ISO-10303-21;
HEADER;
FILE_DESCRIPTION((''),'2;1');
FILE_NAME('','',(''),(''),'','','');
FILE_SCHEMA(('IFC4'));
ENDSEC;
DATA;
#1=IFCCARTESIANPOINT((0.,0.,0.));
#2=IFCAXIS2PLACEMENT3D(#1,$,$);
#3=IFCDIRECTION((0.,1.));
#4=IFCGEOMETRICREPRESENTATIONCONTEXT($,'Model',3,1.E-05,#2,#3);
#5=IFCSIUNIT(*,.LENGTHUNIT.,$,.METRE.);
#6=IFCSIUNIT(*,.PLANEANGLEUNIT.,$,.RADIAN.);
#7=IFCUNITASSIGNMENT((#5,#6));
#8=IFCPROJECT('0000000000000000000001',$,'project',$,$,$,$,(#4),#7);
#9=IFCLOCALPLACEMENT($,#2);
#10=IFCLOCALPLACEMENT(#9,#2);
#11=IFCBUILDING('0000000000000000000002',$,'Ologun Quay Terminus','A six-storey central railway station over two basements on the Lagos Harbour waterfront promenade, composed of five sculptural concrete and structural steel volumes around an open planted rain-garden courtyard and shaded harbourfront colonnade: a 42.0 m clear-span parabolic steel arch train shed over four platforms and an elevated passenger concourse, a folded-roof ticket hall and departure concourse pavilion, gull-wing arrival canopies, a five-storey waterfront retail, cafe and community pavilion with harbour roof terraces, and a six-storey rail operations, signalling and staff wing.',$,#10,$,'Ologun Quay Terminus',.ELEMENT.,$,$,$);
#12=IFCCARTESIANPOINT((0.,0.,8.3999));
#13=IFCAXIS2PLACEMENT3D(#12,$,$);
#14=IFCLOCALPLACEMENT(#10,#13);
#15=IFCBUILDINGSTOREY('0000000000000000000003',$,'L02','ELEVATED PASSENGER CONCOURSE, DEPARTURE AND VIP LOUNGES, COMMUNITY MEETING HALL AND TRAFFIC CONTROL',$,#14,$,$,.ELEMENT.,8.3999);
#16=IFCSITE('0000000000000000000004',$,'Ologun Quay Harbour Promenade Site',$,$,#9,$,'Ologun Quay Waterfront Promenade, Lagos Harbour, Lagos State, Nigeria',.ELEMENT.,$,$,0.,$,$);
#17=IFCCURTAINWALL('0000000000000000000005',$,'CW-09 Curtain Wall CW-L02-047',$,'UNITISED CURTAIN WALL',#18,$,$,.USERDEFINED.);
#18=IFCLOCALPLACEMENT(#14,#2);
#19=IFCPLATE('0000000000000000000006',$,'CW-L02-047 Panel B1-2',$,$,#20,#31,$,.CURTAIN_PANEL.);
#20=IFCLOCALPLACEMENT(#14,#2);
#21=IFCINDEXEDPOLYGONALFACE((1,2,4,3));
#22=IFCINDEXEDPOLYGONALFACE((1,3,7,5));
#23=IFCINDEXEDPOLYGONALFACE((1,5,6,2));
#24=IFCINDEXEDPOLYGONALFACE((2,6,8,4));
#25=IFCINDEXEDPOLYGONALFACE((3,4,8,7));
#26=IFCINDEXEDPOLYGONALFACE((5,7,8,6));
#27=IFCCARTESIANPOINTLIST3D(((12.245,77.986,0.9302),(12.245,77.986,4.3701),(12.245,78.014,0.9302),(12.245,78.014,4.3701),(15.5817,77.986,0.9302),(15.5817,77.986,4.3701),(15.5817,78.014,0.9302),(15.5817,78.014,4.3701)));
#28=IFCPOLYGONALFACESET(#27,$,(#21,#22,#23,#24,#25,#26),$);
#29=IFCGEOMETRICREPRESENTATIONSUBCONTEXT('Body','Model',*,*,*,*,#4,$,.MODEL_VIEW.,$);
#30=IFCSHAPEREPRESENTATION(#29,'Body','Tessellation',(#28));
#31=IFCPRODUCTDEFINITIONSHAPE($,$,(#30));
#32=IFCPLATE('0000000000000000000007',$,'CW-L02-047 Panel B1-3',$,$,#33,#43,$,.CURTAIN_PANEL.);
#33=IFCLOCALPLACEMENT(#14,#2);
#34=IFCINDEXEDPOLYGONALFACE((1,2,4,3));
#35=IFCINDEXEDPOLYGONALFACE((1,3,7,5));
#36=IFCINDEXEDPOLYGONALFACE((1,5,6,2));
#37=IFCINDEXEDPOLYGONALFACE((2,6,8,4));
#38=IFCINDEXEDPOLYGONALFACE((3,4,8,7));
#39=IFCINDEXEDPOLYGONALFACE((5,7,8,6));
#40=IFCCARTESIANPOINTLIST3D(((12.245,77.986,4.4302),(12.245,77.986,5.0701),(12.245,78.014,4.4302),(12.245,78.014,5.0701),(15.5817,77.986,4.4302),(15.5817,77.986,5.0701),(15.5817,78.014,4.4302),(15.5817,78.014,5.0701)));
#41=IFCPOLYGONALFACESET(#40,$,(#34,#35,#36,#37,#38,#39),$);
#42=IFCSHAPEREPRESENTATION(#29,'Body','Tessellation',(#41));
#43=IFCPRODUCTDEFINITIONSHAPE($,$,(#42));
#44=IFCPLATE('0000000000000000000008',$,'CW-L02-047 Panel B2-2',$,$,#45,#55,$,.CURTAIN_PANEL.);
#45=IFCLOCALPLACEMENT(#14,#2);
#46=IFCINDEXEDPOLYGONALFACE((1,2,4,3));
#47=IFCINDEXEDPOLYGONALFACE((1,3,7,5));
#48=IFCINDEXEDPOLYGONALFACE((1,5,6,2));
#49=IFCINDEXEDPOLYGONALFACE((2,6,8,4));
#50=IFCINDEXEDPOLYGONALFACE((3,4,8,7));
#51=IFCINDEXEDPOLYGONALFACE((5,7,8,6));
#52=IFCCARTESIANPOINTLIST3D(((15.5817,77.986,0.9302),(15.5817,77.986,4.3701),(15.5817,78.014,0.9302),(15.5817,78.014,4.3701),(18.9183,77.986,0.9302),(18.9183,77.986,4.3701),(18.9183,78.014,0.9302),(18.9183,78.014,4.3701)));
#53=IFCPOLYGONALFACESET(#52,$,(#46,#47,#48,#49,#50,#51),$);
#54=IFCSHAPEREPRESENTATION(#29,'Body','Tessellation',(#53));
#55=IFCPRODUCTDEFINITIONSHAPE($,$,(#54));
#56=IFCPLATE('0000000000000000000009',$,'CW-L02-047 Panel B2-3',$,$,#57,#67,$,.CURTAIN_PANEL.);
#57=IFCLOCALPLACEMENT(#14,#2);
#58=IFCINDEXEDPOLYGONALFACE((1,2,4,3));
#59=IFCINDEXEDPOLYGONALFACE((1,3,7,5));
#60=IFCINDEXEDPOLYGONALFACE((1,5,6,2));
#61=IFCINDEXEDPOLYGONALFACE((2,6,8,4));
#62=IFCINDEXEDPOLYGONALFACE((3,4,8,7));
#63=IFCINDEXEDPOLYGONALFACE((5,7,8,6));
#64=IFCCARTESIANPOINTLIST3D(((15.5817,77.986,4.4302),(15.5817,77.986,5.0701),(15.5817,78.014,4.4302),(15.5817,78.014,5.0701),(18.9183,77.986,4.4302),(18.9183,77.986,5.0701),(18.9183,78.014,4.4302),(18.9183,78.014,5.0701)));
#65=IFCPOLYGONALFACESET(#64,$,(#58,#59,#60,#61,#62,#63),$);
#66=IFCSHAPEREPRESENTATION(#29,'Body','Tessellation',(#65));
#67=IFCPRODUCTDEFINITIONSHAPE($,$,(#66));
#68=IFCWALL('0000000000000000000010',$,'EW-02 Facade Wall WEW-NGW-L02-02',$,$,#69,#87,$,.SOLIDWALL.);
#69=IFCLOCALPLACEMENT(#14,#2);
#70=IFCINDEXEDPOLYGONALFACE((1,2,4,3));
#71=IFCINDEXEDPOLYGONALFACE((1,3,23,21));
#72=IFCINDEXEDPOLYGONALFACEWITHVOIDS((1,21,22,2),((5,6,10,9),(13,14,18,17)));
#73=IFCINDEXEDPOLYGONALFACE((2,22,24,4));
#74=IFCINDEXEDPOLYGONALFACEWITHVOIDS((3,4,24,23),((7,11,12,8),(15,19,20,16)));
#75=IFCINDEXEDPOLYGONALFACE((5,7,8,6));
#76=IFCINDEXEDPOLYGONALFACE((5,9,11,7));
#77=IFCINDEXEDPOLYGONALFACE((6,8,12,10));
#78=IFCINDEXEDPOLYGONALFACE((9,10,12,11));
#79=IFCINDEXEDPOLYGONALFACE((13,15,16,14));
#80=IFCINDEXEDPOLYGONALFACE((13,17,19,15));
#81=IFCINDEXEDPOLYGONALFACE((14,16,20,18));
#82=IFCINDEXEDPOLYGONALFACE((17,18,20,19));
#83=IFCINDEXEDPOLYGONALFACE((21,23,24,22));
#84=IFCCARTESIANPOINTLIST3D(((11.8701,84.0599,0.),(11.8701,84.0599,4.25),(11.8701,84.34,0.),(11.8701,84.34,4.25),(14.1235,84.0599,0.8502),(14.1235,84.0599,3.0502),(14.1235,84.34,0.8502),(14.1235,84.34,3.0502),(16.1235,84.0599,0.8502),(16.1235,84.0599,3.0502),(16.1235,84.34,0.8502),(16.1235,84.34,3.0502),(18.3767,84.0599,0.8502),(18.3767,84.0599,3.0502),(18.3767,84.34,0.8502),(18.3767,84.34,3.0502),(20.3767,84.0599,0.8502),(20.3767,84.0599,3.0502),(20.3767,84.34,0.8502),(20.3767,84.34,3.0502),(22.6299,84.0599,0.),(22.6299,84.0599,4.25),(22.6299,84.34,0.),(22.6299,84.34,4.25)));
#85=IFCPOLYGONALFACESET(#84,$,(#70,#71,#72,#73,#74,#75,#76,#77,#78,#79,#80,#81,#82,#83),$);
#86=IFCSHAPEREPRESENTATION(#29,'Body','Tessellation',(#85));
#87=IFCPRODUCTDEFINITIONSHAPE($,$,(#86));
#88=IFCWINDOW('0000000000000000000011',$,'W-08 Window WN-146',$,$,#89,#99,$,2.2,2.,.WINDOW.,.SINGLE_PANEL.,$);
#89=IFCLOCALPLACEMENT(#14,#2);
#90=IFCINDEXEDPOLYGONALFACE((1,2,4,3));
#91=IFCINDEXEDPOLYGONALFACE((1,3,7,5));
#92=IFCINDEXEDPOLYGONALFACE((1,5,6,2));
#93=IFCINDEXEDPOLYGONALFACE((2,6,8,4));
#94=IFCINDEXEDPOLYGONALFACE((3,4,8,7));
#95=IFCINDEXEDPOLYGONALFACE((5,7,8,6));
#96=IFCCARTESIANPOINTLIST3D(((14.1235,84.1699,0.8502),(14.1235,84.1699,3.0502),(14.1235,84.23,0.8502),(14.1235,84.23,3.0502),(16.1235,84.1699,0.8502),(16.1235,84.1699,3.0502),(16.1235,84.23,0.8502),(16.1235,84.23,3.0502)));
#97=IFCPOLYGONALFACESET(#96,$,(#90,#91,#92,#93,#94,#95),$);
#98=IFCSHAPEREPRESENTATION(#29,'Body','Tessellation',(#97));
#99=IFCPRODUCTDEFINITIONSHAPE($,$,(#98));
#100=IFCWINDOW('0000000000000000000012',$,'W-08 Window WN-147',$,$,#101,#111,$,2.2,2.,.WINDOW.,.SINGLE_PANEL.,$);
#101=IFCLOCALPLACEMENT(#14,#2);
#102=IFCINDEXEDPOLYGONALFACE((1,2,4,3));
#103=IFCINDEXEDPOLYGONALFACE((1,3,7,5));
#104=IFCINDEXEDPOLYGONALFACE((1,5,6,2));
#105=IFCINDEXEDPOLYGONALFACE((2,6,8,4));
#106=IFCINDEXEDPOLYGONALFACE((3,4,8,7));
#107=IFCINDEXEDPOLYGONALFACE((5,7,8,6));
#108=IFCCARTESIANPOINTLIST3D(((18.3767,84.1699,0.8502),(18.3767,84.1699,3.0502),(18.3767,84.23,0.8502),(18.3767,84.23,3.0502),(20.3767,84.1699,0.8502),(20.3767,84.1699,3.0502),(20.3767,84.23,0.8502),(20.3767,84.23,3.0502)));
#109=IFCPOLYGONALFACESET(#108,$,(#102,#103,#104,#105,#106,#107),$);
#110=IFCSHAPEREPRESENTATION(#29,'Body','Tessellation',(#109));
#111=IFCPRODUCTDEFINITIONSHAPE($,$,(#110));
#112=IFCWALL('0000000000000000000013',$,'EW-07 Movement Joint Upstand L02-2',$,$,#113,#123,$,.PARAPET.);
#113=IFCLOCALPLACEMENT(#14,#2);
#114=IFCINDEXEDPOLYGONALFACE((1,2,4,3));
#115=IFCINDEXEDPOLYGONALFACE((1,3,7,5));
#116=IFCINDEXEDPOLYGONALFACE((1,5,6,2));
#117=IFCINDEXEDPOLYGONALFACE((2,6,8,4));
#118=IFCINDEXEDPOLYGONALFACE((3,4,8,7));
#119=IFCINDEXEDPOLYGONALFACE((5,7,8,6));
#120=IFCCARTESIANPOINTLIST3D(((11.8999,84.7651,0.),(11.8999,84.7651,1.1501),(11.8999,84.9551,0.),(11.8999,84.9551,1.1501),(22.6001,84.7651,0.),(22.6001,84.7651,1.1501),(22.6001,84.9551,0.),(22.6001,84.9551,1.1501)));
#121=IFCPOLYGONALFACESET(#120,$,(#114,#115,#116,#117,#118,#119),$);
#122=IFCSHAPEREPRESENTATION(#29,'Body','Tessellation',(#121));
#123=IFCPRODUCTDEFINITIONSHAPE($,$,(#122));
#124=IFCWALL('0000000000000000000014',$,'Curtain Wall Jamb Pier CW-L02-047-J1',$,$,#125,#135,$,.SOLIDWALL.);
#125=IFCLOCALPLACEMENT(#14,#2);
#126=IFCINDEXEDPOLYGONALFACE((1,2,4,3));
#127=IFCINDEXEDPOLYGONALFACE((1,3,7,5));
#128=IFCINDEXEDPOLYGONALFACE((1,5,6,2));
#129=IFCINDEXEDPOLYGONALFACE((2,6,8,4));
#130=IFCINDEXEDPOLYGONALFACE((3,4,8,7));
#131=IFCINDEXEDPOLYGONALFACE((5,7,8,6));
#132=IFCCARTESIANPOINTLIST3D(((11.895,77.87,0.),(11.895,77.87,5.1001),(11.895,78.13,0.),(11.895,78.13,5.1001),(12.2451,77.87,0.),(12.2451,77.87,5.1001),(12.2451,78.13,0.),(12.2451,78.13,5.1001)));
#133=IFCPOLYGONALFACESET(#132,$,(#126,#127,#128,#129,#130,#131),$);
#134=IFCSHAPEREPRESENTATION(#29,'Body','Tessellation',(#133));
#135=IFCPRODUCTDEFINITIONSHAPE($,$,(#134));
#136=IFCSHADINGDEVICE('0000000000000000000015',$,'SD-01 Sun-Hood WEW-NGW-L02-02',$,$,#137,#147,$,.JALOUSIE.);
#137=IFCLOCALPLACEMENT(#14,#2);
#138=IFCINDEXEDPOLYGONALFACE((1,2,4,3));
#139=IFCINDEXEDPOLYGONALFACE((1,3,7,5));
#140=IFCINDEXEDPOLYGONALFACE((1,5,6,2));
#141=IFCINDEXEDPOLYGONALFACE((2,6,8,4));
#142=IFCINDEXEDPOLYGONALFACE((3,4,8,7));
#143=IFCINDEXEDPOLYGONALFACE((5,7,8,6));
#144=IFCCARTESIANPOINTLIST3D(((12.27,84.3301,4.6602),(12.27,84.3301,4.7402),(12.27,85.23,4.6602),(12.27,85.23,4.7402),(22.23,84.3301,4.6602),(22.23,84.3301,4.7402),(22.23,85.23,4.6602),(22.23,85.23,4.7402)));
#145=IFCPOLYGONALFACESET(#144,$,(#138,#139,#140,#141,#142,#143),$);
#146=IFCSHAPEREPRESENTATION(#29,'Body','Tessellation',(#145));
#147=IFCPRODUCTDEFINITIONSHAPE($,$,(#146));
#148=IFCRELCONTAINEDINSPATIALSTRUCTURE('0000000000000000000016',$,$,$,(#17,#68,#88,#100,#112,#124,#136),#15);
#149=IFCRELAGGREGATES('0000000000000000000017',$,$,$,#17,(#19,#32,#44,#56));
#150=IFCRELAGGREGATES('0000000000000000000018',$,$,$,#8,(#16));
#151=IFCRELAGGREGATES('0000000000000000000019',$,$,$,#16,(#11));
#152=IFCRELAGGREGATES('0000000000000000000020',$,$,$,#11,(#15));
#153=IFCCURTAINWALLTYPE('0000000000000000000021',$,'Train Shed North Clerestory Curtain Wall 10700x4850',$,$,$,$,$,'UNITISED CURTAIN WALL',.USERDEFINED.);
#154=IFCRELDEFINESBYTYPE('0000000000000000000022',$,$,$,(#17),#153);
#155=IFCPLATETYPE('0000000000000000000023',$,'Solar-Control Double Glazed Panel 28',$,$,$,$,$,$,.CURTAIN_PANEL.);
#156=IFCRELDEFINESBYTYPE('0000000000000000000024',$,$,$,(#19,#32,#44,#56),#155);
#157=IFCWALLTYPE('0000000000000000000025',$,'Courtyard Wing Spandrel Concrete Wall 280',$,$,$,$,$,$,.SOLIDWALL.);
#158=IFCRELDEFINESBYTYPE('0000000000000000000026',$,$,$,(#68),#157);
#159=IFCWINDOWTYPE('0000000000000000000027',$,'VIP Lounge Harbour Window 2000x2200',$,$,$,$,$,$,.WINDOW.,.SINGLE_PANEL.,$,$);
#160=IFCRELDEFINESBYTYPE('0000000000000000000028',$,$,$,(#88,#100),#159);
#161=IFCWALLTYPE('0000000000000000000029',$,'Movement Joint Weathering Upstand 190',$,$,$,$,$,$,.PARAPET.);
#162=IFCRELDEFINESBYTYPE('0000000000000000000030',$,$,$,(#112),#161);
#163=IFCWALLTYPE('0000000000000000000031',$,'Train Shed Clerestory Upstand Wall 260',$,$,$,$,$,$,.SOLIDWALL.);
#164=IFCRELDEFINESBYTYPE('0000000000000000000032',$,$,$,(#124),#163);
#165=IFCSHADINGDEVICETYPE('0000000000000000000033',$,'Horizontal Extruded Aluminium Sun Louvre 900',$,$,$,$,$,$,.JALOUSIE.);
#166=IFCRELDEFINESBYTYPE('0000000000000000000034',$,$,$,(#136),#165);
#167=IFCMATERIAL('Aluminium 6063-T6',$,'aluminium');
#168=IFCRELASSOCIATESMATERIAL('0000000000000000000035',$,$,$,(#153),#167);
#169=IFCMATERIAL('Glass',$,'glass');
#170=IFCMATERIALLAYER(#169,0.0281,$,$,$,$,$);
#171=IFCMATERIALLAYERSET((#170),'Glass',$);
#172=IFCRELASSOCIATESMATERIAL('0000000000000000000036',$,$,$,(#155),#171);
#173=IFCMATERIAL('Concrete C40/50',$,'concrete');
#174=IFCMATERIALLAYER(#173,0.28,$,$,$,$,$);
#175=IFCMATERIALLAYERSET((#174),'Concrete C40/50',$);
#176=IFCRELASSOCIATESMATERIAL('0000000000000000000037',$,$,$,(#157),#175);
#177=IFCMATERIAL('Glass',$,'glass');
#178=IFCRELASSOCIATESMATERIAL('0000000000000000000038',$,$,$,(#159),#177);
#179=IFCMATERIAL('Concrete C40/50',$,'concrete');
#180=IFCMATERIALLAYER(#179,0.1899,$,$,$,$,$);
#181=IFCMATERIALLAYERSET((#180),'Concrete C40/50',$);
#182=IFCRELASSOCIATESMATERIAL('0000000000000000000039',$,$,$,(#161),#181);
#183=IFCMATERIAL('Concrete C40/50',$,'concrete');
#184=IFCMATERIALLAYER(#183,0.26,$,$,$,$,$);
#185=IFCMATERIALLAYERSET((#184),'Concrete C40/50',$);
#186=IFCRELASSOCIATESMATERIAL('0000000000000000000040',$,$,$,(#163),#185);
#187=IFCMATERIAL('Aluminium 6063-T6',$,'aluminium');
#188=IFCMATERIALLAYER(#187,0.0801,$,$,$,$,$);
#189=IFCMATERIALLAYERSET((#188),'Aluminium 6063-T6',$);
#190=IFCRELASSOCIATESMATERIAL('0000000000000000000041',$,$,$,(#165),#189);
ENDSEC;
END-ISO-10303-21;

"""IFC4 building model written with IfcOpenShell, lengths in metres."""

from ifc_helpers import new_model, si_unit, direction, frame, frame_2d, origin, origin_2d, place, context, subcontext, project, spatial, rectangle, extrude, material, layer, layer_set, type_object, element, fill, aggregate, save


model = new_model("IFC4")

# Units and contexts
model_context = context("Model", 3, precision=1e-05, world=origin(), true_north=direction((0.0, 1.0)))
body_context = subcontext(model_context, "Body", "Model", "MODEL_VIEW")
ifc_project = project(units=[si_unit("LENGTHUNIT", "METRE"), si_unit("PLANEANGLEUNIT", "RADIAN")], contexts=[model_context])

# Site, building, storey
site_placement = place(None, origin())
site = spatial("IfcSite", under=ifc_project, at=site_placement, Name="Ologun Quay Harbour Promenade Site", LongName="Ologun Quay Waterfront Promenade, Lagos Harbour, Lagos State, Nigeria", CompositionType="ELEMENT", RefElevation=0.0)
building_placement = place(site_placement, origin())
building = spatial("IfcBuilding", under=site, at=building_placement, Name="Ologun Quay Terminus", Description="A six-storey central railway station over two basements on the Lagos Harbour waterfront promenade, composed of five sculptural concrete and structural steel volumes around an open planted rain-garden courtyard and shaded harbourfront colonnade: a 42.0 m clear-span parabolic steel arch train shed over four platforms and an elevated passenger concourse, a folded-roof ticket hall and departure concourse pavilion, gull-wing arrival canopies, a five-storey waterfront retail, cafe and community pavilion with harbour roof terraces, and a six-storey rail operations, signalling and staff wing.", LongName="Ologun Quay Terminus", CompositionType="ELEMENT")
storey_placement = place(building_placement, frame((0.0, 0.0, 8.3999)))
storey = spatial("IfcBuildingStorey", under=building, at=storey_placement, Name="L02", Description="ELEVATED PASSENGER CONCOURSE, DEPARTURE AND VIP LOUNGES, COMMUNITY MEETING HALL AND TRAFFIC CONTROL", CompositionType="ELEMENT", Elevation=8.3999)

# Curtain wall
ifc_material_1 = material(Name="Aluminium 6063-T6", Category="aluminium")
curtain_wall_type = type_object("IfcCurtainWallType", Name="Train Shed North Clerestory Curtain Wall 10700x4850", ElementType="UNITISED CURTAIN WALL", PredefinedType="USERDEFINED", material=ifc_material_1)
curtain_wall_placement = place(storey_placement, origin())
curtain_wall = element("IfcCurtainWall", 1, at=curtain_wall_placement, inside=storey, type_object=curtain_wall_type, Name="CW-09 Curtain Wall CW-L02-047", ObjectType="UNITISED CURTAIN WALL", PredefinedType="USERDEFINED")

# Plates
ifc_material_2 = material(Name="Glass", Category="glass")
ifc_layer_1 = layer(ifc_material_2, 0.0281)
ifc_layer_set_1 = layer_set([ifc_layer_1], Name="Glass")
plate_type_1 = type_object("IfcPlateType", Name="Solar-Control Double Glazed Panel 28", PredefinedType="CURTAIN_PANEL", material=ifc_layer_set_1)
plate_1_placement = place(storey_placement, frame((13.9133, 78.0, 0.9302), z_axis=(0.0, 0.0, 1.0), x_axis=(1.0, 0.0, 0.0)))
plate_1 = element("IfcPlate", 2, at=plate_1_placement, type_object=plate_type_1, Name="CW-L02-047 Panel B1-2", PredefinedType="CURTAIN_PANEL", context=body_context, shape_type="SweptSolid", body=[
    extrude(rectangle(XDim=3.3367, YDim=0.0281, at=origin_2d()), origin(), (0.0, 0.0, 1.0), 3.4399),
])
plate_2_placement = place(storey_placement, frame((13.9133, 78.0, 4.4302), z_axis=(0.0, 0.0, 1.0), x_axis=(1.0, 0.0, 0.0)))
plate_2 = element("IfcPlate", 3, at=plate_2_placement, type_object=plate_type_1, Name="CW-L02-047 Panel B1-3", PredefinedType="CURTAIN_PANEL", context=body_context, shape_type="SweptSolid", body=[
    extrude(rectangle(XDim=3.3367, YDim=0.0281, at=origin_2d()), origin(), (0.0, 0.0, 1.0), 0.6399),
])
plate_3_placement = place(storey_placement, frame((17.25, 78.0, 0.9302), z_axis=(0.0, 0.0, 1.0), x_axis=(1.0, 0.0, 0.0)))
plate_3 = element("IfcPlate", 4, at=plate_3_placement, type_object=plate_type_1, Name="CW-L02-047 Panel B2-2", PredefinedType="CURTAIN_PANEL", context=body_context, shape_type="SweptSolid", body=[
    extrude(rectangle(XDim=3.3367, YDim=0.0281, at=origin_2d()), origin(), (0.0, 0.0, 1.0), 3.4399),
])
plate_4_placement = place(storey_placement, frame((17.25, 78.0, 4.4302), z_axis=(0.0, 0.0, 1.0), x_axis=(1.0, 0.0, 0.0)))
plate_4 = element("IfcPlate", 5, at=plate_4_placement, type_object=plate_type_1, Name="CW-L02-047 Panel B2-3", PredefinedType="CURTAIN_PANEL", context=body_context, shape_type="SweptSolid", body=[
    extrude(rectangle(XDim=3.3367, YDim=0.0281, at=origin_2d()), origin(), (0.0, 0.0, 1.0), 0.6399),
])
aggregate(curtain_wall, [plate_1, plate_2, plate_3, plate_4])

# Wall, openings, windows
ifc_material_3 = material(Name="Concrete C40/50", Category="concrete")
ifc_layer_2 = layer(ifc_material_3, 0.28)
ifc_layer_set_2 = layer_set([ifc_layer_2], Name="Concrete C40/50")
wall_type_1 = type_object("IfcWallType", Name="Courtyard Wing Spandrel Concrete Wall 280", PredefinedType="SOLIDWALL", material=ifc_layer_set_2)
wall_1_placement = place(storey_placement, frame((11.8701, 84.2, 0.0), z_axis=(0.0, 0.0, 1.0), x_axis=(1.0, 0.0, 0.0)))
wall_1 = element("IfcWall", 6, at=wall_1_placement, inside=storey, type_object=wall_type_1, Name="EW-02 Facade Wall WEW-NGW-L02-02", PredefinedType="SOLIDWALL", context=body_context, shape_type="SweptSolid", body=[
    extrude(rectangle(XDim=10.7598, YDim=0.28, at=frame_2d((5.3799, 0.0))), origin(), (0.0, 0.0, 1.0), 4.25),
])
opening_1_placement = place(wall_1_placement, frame((2.2534, 0.0, 0.8501)))
opening_1 = element("IfcOpeningElement", 7, at=opening_1_placement, cuts=wall_1, PredefinedType="OPENING", context=body_context, shape_type="SweptSolid", body=[
    extrude(rectangle(XDim=2.0, YDim=2.2, at=frame_2d((1.0, 1.1001))), frame((0.0, 0.1499, 0.0), z_axis=(0.0, -1.0, 0.0), x_axis=(1.0, 0.0, 0.0)), (0.0, 0.0, 1.0), 0.3),
])
opening_2_placement = place(wall_1_placement, frame((6.5066, 0.0, 0.8501)))
opening_2 = element("IfcOpeningElement", 8, at=opening_2_placement, cuts=wall_1, PredefinedType="OPENING", context=body_context, shape_type="SweptSolid", body=[
    extrude(rectangle(XDim=2.0, YDim=2.2, at=frame_2d((1.0, 1.1001))), frame((0.0, 0.1499, 0.0), z_axis=(0.0, -1.0, 0.0), x_axis=(1.0, 0.0, 0.0)), (0.0, 0.0, 1.0), 0.3),
])
ifc_material_4 = material(Name="Glass", Category="glass")
window_type = type_object("IfcWindowType", Name="VIP Lounge Harbour Window 2000x2200", PartitioningType="SINGLE_PANEL", PredefinedType="WINDOW", material=ifc_material_4)
window_1_placement = place(opening_1_placement, origin())
window_1 = element("IfcWindow", 9, at=window_1_placement, inside=storey, type_object=window_type, Name="W-08 Window WN-146", OverallHeight=2.2, OverallWidth=2.0, PartitioningType="SINGLE_PANEL", PredefinedType="WINDOW", context=body_context, shape_type="SweptSolid", body=[
    extrude(rectangle(XDim=2.0, YDim=2.2, at=frame_2d((1.0, 1.1001))), frame((0.0, 0.03, 0.0), z_axis=(0.0, -1.0, 0.0), x_axis=(1.0, 0.0, 0.0)), (0.0, 0.0, 1.0), 0.0601),
])
fill(opening_1, window_1)
window_2_placement = place(opening_2_placement, origin())
window_2 = element("IfcWindow", 10, at=window_2_placement, inside=storey, type_object=window_type, Name="W-08 Window WN-147", OverallHeight=2.2, OverallWidth=2.0, PartitioningType="SINGLE_PANEL", PredefinedType="WINDOW", context=body_context, shape_type="SweptSolid", body=[
    extrude(rectangle(XDim=2.0, YDim=2.2, at=frame_2d((1.0, 1.1001))), frame((0.0, 0.03, 0.0), z_axis=(0.0, -1.0, 0.0), x_axis=(1.0, 0.0, 0.0)), (0.0, 0.0, 1.0), 0.0601),
])
fill(opening_2, window_2)

# Walls
ifc_material_5 = material(Name="Concrete C40/50", Category="concrete")
ifc_layer_3 = layer(ifc_material_5, 0.1899)
ifc_layer_set_3 = layer_set([ifc_layer_3], Name="Concrete C40/50")
wall_type_2 = type_object("IfcWallType", Name="Movement Joint Weathering Upstand 190", PredefinedType="PARAPET", material=ifc_layer_set_3)
wall_2_placement = place(storey_placement, frame((11.8999, 84.8601, 0.0), z_axis=(0.0, 0.0, 1.0), x_axis=(1.0, 0.0, 0.0)))
element("IfcWall", 11, at=wall_2_placement, inside=storey, type_object=wall_type_2, Name="EW-07 Movement Joint Upstand L02-2", PredefinedType="PARAPET", context=body_context, shape_type="SweptSolid", body=[
    extrude(rectangle(XDim=10.7002, YDim=0.1899, at=frame_2d((5.3501, 0.0))), origin(), (0.0, 0.0, 1.0), 1.1501),
])
ifc_material_6 = material(Name="Concrete C40/50", Category="concrete")
ifc_layer_4 = layer(ifc_material_6, 0.26)
ifc_layer_set_4 = layer_set([ifc_layer_4], Name="Concrete C40/50")
wall_type_3 = type_object("IfcWallType", Name="Train Shed Clerestory Upstand Wall 260", PredefinedType="SOLIDWALL", material=ifc_layer_set_4)
wall_3_placement = place(storey_placement, frame((11.895, 78.0, 0.0), z_axis=(0.0, 0.0, 1.0), x_axis=(1.0, 0.0, 0.0)))
element("IfcWall", 12, at=wall_3_placement, inside=storey, type_object=wall_type_3, Name="Curtain Wall Jamb Pier CW-L02-047-J1", PredefinedType="SOLIDWALL", context=body_context, shape_type="SweptSolid", body=[
    extrude(rectangle(XDim=0.3501, YDim=0.26, at=frame_2d((0.175, 0.0))), origin(), (0.0, 0.0, 1.0), 5.1001),
])

# Shading device
ifc_material_7 = material(Name="Aluminium 6063-T6", Category="aluminium")
ifc_layer_5 = layer(ifc_material_7, 0.0801)
ifc_layer_set_5 = layer_set([ifc_layer_5], Name="Aluminium 6063-T6")
shading_device_type = type_object("IfcShadingDeviceType", Name="Horizontal Extruded Aluminium Sun Louvre 900", PredefinedType="JALOUSIE", material=ifc_layer_set_5)
shading_device_placement = place(storey_placement, frame((17.25, 84.78, 4.6602), z_axis=(0.0, 0.0, 1.0), x_axis=(1.0, 0.0, 0.0)))
element("IfcShadingDevice", 13, at=shading_device_placement, inside=storey, type_object=shading_device_type, Name="SD-01 Sun-Hood WEW-NGW-L02-02", PredefinedType="JALOUSIE", context=body_context, shape_type="SweptSolid", body=[
    extrude(rectangle(XDim=9.96, YDim=0.8999, at=origin_2d()), origin(), (0.0, 0.0, 1.0), 0.0801),
])

save(model, "model.ifc")
